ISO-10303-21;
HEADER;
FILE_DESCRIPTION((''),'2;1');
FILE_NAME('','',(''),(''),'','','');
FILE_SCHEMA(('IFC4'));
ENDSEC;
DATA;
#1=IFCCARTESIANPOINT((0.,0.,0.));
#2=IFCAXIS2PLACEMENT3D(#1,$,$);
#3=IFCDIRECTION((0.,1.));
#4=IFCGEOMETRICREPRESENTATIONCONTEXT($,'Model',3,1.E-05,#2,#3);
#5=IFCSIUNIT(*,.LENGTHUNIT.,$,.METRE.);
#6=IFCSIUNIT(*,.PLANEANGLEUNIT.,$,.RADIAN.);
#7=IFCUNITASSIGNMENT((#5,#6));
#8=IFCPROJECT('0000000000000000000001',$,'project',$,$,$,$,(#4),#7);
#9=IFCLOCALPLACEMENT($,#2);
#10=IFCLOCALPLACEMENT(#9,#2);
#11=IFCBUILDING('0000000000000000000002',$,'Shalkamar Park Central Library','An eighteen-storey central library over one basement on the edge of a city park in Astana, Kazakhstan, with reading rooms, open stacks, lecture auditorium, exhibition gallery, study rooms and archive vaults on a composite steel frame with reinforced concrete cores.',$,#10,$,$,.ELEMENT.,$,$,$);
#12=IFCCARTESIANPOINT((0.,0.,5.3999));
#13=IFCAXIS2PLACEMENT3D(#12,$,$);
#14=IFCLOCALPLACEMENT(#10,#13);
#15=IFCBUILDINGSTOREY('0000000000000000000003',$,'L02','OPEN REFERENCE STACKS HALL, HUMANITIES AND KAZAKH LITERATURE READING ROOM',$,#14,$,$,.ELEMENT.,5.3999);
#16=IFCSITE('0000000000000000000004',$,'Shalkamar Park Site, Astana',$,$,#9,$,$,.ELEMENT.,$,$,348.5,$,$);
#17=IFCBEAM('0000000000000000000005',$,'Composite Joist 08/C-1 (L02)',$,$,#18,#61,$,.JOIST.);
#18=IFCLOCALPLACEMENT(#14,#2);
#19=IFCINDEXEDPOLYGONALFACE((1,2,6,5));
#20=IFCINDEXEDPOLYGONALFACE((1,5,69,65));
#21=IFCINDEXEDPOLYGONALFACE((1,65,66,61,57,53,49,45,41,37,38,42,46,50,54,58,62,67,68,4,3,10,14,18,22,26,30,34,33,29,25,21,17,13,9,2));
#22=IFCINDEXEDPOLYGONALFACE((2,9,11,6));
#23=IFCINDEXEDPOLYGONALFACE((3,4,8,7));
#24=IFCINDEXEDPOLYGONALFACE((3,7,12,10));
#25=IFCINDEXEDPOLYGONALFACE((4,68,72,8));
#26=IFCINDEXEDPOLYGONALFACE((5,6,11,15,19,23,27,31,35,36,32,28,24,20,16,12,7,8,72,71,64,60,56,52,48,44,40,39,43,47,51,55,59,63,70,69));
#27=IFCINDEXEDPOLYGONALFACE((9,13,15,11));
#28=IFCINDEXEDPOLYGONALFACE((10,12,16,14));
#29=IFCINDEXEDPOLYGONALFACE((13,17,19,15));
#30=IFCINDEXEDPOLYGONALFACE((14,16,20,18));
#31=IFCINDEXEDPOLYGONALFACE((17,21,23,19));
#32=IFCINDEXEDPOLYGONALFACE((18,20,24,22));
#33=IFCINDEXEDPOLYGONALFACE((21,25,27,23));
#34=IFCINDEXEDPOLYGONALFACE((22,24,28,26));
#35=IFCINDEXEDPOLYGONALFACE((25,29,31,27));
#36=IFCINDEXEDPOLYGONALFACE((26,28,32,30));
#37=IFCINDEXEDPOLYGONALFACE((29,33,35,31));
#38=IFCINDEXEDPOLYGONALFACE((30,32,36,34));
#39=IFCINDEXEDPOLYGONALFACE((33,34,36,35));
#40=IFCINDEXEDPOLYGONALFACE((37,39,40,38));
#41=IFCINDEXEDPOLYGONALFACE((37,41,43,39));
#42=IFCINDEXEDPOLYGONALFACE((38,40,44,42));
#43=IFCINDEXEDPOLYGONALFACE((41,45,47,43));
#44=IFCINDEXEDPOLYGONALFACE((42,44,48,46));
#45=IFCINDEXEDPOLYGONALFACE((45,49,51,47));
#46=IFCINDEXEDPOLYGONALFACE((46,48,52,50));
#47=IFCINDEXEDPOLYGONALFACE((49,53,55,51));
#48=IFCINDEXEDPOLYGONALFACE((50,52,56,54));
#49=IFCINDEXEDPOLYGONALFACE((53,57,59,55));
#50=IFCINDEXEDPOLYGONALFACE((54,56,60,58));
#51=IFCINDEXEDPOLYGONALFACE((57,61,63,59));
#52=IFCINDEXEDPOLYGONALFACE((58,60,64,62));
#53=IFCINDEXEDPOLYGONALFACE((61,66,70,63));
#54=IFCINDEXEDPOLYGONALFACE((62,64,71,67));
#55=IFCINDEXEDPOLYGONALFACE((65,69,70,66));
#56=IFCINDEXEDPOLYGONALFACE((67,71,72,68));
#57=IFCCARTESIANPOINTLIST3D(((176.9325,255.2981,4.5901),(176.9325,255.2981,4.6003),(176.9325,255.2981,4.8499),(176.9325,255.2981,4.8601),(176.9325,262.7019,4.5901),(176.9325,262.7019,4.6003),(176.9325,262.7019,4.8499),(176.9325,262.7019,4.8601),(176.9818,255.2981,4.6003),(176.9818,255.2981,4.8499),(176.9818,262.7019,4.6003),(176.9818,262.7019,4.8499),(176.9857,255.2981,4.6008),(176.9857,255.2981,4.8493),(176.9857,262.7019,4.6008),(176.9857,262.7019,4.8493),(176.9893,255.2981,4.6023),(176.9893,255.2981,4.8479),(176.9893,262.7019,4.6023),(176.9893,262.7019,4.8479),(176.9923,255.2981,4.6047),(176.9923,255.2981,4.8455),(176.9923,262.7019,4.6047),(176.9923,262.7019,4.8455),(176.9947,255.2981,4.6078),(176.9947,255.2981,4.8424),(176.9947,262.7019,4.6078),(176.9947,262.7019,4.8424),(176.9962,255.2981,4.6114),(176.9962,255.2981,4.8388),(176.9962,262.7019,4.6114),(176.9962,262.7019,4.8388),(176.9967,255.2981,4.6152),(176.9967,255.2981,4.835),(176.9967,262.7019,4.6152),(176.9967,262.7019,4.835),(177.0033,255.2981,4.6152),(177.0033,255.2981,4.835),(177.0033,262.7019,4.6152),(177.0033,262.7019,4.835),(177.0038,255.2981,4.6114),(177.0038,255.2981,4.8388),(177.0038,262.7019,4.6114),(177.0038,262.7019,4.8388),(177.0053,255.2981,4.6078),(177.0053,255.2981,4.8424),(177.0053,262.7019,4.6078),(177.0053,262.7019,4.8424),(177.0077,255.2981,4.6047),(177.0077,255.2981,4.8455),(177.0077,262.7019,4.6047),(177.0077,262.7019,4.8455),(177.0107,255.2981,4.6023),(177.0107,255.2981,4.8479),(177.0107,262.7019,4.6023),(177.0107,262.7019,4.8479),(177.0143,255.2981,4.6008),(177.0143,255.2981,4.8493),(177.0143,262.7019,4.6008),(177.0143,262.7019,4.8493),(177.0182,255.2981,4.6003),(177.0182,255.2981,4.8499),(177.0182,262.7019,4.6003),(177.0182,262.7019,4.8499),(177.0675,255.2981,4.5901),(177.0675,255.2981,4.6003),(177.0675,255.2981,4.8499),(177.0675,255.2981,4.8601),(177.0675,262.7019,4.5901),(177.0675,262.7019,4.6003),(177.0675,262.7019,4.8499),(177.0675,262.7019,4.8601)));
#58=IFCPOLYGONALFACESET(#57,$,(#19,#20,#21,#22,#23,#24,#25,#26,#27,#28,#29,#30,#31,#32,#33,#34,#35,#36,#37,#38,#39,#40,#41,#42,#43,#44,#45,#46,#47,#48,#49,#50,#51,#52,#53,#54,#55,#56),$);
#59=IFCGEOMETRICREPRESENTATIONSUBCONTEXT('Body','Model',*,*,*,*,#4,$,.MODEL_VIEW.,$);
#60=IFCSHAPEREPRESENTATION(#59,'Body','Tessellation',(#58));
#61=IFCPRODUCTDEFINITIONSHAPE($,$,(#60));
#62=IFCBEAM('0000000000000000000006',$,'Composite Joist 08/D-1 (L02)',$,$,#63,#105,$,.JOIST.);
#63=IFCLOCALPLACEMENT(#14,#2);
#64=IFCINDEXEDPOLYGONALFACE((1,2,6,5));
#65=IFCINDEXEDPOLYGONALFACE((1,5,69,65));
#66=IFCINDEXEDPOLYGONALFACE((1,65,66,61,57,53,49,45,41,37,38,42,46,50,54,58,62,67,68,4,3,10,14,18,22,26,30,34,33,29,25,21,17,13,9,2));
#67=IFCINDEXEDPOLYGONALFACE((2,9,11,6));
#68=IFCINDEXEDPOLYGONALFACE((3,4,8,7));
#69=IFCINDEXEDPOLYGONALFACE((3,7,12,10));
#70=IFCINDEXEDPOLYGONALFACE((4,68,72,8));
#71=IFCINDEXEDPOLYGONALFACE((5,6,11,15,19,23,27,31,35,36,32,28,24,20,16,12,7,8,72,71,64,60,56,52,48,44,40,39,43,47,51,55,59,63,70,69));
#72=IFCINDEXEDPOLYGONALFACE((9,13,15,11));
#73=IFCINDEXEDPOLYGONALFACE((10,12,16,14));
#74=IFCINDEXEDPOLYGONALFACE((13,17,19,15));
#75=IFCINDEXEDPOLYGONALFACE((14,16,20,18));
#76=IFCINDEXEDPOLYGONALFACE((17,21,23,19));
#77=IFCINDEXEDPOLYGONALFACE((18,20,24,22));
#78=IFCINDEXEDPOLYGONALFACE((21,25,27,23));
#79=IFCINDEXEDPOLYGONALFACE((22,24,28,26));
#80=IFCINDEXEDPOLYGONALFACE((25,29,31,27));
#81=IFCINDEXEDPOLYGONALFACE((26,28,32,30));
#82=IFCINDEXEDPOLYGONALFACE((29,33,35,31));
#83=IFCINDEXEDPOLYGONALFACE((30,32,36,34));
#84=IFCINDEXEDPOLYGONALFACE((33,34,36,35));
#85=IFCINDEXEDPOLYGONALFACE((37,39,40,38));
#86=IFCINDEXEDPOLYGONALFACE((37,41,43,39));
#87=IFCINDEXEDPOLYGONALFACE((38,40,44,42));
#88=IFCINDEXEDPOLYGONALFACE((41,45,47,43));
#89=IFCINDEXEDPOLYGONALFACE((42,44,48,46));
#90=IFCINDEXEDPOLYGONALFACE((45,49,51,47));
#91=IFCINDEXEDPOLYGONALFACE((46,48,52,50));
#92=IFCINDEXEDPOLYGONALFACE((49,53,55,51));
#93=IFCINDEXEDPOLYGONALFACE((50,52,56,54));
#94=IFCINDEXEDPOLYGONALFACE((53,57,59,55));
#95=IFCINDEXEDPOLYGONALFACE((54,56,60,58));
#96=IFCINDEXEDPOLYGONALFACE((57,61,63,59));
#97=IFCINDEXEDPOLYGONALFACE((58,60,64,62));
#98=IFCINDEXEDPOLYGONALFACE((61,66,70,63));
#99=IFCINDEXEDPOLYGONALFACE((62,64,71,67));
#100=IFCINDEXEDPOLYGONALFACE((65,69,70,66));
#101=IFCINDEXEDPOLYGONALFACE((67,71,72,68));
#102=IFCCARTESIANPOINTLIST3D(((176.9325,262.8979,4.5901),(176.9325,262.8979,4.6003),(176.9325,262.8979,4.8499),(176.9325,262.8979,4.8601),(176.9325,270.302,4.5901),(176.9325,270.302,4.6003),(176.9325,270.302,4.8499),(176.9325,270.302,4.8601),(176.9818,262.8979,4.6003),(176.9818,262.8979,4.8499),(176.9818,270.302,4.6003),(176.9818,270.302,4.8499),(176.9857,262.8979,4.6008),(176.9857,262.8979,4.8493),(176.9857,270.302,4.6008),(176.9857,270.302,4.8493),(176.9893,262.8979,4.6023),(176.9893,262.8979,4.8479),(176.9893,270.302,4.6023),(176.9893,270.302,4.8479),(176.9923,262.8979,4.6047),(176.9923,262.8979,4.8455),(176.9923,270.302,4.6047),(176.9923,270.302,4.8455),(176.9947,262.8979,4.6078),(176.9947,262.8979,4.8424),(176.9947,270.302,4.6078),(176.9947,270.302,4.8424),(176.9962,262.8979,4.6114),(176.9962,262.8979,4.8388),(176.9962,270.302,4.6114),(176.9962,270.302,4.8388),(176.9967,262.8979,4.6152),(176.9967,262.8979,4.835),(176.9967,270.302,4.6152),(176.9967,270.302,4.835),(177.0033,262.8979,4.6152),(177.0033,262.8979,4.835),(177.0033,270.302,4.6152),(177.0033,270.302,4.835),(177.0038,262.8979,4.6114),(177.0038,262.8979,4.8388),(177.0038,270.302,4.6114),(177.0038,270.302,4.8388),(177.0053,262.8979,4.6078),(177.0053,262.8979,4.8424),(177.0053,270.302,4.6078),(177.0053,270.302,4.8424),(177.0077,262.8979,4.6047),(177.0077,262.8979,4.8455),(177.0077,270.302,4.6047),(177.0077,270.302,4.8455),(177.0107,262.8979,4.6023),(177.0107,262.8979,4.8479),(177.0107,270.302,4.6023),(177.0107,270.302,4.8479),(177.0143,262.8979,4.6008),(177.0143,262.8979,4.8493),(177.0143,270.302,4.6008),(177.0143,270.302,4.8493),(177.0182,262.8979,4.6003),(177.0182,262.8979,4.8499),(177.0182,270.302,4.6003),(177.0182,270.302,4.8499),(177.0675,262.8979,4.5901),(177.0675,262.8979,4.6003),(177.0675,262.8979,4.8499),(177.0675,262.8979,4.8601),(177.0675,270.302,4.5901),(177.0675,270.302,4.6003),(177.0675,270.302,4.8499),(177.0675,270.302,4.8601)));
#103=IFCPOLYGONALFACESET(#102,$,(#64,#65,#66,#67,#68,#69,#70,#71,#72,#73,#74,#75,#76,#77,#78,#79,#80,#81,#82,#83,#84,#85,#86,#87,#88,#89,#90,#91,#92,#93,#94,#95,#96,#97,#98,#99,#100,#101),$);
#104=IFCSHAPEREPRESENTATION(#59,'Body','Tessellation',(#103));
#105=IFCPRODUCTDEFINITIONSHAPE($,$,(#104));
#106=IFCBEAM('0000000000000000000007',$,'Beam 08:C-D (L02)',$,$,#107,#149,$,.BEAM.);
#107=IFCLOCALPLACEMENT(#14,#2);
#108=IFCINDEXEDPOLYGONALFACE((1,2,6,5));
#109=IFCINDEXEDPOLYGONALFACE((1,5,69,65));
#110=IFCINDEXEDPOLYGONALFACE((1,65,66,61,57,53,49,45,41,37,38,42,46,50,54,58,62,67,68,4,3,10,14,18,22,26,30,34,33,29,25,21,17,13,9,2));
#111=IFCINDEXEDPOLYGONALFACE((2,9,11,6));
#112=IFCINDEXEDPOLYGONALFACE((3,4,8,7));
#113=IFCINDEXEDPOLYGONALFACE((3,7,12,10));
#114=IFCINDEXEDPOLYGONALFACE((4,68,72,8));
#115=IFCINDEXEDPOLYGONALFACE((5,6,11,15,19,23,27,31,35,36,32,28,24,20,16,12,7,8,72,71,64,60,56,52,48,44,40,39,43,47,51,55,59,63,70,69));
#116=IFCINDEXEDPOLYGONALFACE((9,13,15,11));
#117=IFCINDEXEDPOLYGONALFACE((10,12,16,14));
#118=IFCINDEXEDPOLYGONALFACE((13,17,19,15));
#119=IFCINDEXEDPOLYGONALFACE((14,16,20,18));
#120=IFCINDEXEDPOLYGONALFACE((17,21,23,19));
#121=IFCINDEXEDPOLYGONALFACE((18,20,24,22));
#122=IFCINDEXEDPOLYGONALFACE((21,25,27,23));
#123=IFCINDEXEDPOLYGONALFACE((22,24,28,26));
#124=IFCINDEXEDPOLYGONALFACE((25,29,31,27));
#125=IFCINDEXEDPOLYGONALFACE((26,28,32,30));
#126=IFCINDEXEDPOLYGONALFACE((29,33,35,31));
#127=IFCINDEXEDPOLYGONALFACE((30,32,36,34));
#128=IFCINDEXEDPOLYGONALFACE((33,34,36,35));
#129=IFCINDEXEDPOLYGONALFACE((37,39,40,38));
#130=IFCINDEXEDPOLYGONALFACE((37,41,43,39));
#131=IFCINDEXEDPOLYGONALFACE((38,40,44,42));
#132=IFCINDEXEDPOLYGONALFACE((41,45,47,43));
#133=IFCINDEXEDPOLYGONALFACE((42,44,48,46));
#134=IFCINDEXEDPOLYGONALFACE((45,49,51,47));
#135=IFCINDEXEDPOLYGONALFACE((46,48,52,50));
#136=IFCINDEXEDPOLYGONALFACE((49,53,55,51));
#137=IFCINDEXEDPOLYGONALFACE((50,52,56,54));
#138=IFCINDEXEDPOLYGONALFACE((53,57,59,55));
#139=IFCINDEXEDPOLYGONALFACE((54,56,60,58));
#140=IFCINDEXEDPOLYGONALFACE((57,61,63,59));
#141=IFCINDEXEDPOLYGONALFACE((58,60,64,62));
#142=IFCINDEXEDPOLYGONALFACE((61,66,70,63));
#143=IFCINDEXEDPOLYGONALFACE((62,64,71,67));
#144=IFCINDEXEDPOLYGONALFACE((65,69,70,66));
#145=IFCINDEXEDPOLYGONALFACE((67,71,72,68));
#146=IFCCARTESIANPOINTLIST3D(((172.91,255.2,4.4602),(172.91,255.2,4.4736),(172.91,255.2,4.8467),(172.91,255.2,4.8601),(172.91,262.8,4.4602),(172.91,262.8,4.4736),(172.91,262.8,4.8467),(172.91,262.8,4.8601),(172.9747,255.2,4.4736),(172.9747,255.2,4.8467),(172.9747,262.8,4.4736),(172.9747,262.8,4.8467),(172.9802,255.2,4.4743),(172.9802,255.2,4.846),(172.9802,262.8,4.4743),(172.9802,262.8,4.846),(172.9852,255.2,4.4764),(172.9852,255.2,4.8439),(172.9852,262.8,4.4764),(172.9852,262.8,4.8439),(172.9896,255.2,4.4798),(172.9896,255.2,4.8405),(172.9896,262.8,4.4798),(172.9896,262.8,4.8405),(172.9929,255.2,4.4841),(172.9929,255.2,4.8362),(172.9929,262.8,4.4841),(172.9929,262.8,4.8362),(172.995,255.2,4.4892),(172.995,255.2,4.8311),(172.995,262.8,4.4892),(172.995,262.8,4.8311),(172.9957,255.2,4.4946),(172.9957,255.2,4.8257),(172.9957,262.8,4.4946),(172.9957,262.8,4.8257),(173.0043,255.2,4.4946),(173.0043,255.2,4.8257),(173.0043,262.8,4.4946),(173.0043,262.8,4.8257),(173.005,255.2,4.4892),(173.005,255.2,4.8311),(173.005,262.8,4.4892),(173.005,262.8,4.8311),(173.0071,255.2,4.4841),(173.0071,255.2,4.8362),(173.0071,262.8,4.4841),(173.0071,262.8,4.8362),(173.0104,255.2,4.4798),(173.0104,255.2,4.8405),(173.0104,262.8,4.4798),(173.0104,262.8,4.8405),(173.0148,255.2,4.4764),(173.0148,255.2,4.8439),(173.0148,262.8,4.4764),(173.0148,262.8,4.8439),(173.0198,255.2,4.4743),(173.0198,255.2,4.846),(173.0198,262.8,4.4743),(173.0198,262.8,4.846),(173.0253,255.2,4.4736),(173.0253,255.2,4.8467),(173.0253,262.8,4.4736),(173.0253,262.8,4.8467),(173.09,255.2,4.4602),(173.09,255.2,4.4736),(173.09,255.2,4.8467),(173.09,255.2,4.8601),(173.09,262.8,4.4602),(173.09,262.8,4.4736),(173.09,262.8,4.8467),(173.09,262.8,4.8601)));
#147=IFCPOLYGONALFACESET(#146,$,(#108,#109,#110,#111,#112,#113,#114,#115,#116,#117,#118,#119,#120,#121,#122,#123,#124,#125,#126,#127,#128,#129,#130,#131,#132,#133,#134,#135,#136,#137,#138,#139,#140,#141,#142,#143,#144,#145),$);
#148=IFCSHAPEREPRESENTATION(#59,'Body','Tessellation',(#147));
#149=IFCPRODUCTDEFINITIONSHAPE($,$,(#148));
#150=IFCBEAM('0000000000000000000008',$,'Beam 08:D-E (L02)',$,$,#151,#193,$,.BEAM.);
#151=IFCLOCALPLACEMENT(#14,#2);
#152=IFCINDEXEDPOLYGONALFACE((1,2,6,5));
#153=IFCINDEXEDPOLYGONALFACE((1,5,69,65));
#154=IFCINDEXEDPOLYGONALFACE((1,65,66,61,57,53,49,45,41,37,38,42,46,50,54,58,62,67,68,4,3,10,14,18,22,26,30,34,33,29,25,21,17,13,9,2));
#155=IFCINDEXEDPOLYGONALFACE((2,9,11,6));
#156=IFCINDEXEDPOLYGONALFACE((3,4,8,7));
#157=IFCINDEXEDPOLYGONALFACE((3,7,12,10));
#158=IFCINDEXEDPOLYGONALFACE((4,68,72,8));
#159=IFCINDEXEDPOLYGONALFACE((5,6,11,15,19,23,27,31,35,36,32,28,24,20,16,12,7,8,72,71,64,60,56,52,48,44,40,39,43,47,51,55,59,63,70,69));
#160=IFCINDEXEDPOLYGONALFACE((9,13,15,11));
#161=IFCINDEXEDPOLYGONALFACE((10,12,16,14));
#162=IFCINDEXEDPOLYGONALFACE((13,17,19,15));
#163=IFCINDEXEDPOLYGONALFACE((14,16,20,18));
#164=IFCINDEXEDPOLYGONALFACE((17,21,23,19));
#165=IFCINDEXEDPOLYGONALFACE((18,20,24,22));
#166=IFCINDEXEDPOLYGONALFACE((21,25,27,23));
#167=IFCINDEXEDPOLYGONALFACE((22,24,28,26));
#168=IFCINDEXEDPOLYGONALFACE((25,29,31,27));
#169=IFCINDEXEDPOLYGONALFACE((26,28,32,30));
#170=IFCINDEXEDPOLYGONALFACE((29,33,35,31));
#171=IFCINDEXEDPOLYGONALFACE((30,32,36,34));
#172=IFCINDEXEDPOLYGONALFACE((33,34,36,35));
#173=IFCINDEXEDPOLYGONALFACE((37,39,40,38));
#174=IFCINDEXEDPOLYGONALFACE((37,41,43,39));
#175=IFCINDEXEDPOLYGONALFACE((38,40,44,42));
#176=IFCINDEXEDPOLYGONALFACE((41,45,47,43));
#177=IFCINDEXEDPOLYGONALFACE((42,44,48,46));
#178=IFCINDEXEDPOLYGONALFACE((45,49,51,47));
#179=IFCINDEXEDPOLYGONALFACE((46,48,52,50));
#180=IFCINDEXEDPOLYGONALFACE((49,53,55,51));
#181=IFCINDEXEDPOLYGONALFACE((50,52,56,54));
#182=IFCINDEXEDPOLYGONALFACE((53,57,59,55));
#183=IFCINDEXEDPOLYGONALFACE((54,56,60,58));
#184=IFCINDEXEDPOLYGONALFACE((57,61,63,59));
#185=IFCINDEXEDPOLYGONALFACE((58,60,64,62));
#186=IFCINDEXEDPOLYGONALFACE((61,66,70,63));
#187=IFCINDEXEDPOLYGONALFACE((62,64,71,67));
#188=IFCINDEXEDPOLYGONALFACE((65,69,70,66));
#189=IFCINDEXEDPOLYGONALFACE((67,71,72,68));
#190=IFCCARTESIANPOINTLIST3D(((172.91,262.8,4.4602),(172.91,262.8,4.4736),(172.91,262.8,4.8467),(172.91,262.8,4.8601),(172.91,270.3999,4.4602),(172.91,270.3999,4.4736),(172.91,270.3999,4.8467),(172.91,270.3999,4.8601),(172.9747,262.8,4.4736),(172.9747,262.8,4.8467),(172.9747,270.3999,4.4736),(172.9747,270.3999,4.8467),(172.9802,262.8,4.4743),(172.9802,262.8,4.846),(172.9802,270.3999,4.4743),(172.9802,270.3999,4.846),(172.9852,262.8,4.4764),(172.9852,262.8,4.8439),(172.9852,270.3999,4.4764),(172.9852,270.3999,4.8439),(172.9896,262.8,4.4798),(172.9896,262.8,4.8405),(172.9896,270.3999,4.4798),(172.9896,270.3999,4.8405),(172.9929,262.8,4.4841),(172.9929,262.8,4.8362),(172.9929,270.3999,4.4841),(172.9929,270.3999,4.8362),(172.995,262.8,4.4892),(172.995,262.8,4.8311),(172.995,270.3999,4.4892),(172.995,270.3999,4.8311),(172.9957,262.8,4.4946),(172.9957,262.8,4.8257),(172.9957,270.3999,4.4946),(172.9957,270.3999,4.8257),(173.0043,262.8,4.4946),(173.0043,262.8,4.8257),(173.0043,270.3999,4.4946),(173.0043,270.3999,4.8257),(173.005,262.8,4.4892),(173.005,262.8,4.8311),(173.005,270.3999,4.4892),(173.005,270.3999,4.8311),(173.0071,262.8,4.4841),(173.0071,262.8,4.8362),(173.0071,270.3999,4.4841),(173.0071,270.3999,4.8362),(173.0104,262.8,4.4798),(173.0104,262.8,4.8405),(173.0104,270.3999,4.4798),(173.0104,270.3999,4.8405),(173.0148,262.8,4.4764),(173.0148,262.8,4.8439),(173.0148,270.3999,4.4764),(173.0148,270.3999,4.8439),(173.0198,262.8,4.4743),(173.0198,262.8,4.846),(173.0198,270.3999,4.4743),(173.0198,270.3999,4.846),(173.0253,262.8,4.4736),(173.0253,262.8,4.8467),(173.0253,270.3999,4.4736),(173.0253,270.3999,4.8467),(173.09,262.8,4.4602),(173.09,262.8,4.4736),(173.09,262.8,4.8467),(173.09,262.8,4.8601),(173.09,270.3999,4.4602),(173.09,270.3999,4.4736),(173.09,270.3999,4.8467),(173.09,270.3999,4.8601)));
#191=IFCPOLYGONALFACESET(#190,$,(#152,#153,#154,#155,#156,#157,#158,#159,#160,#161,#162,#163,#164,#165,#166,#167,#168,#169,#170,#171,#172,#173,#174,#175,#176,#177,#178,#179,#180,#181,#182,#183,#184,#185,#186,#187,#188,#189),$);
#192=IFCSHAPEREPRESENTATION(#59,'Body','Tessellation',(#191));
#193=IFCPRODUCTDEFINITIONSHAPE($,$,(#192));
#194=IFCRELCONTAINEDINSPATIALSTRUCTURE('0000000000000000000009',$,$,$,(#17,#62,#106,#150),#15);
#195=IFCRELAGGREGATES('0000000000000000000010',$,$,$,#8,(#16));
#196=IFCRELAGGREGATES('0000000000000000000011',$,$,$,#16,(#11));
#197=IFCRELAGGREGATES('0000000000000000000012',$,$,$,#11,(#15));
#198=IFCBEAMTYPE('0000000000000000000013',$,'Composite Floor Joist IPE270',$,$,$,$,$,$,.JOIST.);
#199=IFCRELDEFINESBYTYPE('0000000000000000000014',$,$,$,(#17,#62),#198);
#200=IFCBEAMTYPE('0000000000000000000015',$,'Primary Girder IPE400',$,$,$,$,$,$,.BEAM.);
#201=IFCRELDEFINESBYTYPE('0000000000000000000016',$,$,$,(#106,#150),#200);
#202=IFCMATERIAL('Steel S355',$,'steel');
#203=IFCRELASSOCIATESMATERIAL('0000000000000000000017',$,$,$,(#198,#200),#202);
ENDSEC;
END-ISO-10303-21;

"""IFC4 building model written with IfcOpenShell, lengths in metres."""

from ifc_helpers import new_model, si_unit, direction, frame, origin, origin_2d, place, context, subcontext, project, spatial, i_section, extrude, material, material_profile, profile_set, type_object, element, save


model = new_model("IFC4")

# Units and contexts
model_context = context("Model", 3, precision=1e-05, world=origin(), true_north=direction((0.0, 1.0)))
body_context = subcontext(model_context, "Body", "Model", "MODEL_VIEW")
ifc_project = project(units=[si_unit("LENGTHUNIT", "METRE"), si_unit("PLANEANGLEUNIT", "RADIAN")], contexts=[model_context])

# Site, building, storey
site_placement = place(None, origin())
site = spatial("IfcSite", under=ifc_project, at=site_placement, Name="Shalkamar Park Site, Astana", CompositionType="ELEMENT", RefElevation=348.5)
building_placement = place(site_placement, origin())
building = spatial("IfcBuilding", under=site, at=building_placement, Name="Shalkamar Park Central Library", Description="An eighteen-storey central library over one basement on the edge of a city park in Astana, Kazakhstan, with reading rooms, open stacks, lecture auditorium, exhibition gallery, study rooms and archive vaults on a composite steel frame with reinforced concrete cores.", CompositionType="ELEMENT")
storey_placement = place(building_placement, frame((0.0, 0.0, 5.3999)))
storey = spatial("IfcBuildingStorey", under=building, at=storey_placement, Name="L02", Description="OPEN REFERENCE STACKS HALL, HUMANITIES AND KAZAKH LITERATURE READING ROOM", CompositionType="ELEMENT", Elevation=5.3999)

# Shared definitions
ifc_material_1 = material(Name="Steel S355", Category="steel")

# Beams
ifc_material_profile_1 = material_profile(ifc_material_1, i_section(OverallWidth=0.135, OverallDepth=0.27, WebThickness=0.0066, FlangeThickness=0.0103, FilletRadius=0.0149, at=origin_2d()), Name="IPE 270")
ifc_profile_set_1 = profile_set([ifc_material_profile_1], Name="Steel S355")
beam_type_1 = type_object("IfcBeamType", Name="Composite Floor Joist IPE270", PredefinedType="JOIST", material=ifc_profile_set_1)
beam_1_placement = place(storey_placement, frame((177.0, 255.2981, 4.7251), z_axis=(0.0, 1.0, 0.0), x_axis=(-1.0, 0.0, 0.0)))
element("IfcBeam", 1, at=beam_1_placement, inside=storey, type_object=beam_type_1, Name="Composite Joist 08/C-1 (L02)", PredefinedType="JOIST", context=body_context, shape_type="SweptSolid", body=[
    extrude(i_section(OverallWidth=0.135, OverallDepth=0.27, WebThickness=0.0066, FlangeThickness=0.0103, FilletRadius=0.0149, at=origin_2d()), origin(), (0.0, 0.0, 1.0), 7.4038),
])
beam_2_placement = place(storey_placement, frame((177.0, 262.8979, 4.7251), z_axis=(0.0, 1.0, 0.0), x_axis=(-1.0, 0.0, 0.0)))
element("IfcBeam", 2, at=beam_2_placement, inside=storey, type_object=beam_type_1, Name="Composite Joist 08/D-1 (L02)", PredefinedType="JOIST", context=body_context, shape_type="SweptSolid", body=[
    extrude(i_section(OverallWidth=0.135, OverallDepth=0.27, WebThickness=0.0066, FlangeThickness=0.0103, FilletRadius=0.0149, at=origin_2d()), origin(), (0.0, 0.0, 1.0), 7.4041),
])
ifc_material_profile_2 = material_profile(ifc_material_1, i_section(OverallWidth=0.1799, OverallDepth=0.3999, WebThickness=0.0085, FlangeThickness=0.0134, FilletRadius=0.021, at=origin_2d()), Name="IPE 400")
ifc_profile_set_2 = profile_set([ifc_material_profile_2], Name="Steel S355")
beam_type_2 = type_object("IfcBeamType", Name="Primary Girder IPE400", PredefinedType="BEAM", material=ifc_profile_set_2)
beam_3_placement = place(storey_placement, frame((173.0, 255.2, 4.6602), z_axis=(0.0, 1.0, 0.0), x_axis=(-1.0, 0.0, 0.0)))
element("IfcBeam", 3, at=beam_3_placement, inside=storey, type_object=beam_type_2, Name="Beam 08:C-D (L02)", PredefinedType="BEAM", context=body_context, shape_type="SweptSolid", body=[
    extrude(i_section(OverallWidth=0.1799, OverallDepth=0.3999, WebThickness=0.0085, FlangeThickness=0.0134, FilletRadius=0.021, at=origin_2d()), origin(), (0.0, 0.0, 1.0), 7.6001),
])
beam_4_placement = place(storey_placement, frame((173.0, 262.8, 4.6602), z_axis=(0.0, 1.0, 0.0), x_axis=(-1.0, 0.0, 0.0)))
element("IfcBeam", 4, at=beam_4_placement, inside=storey, type_object=beam_type_2, Name="Beam 08:D-E (L02)", PredefinedType="BEAM", context=body_context, shape_type="SweptSolid", body=[
    extrude(i_section(OverallWidth=0.1799, OverallDepth=0.3999, WebThickness=0.0085, FlangeThickness=0.0134, FilletRadius=0.021, at=origin_2d()), origin(), (0.0, 0.0, 1.0), 7.5999),
])

save(model, "model.ifc")
